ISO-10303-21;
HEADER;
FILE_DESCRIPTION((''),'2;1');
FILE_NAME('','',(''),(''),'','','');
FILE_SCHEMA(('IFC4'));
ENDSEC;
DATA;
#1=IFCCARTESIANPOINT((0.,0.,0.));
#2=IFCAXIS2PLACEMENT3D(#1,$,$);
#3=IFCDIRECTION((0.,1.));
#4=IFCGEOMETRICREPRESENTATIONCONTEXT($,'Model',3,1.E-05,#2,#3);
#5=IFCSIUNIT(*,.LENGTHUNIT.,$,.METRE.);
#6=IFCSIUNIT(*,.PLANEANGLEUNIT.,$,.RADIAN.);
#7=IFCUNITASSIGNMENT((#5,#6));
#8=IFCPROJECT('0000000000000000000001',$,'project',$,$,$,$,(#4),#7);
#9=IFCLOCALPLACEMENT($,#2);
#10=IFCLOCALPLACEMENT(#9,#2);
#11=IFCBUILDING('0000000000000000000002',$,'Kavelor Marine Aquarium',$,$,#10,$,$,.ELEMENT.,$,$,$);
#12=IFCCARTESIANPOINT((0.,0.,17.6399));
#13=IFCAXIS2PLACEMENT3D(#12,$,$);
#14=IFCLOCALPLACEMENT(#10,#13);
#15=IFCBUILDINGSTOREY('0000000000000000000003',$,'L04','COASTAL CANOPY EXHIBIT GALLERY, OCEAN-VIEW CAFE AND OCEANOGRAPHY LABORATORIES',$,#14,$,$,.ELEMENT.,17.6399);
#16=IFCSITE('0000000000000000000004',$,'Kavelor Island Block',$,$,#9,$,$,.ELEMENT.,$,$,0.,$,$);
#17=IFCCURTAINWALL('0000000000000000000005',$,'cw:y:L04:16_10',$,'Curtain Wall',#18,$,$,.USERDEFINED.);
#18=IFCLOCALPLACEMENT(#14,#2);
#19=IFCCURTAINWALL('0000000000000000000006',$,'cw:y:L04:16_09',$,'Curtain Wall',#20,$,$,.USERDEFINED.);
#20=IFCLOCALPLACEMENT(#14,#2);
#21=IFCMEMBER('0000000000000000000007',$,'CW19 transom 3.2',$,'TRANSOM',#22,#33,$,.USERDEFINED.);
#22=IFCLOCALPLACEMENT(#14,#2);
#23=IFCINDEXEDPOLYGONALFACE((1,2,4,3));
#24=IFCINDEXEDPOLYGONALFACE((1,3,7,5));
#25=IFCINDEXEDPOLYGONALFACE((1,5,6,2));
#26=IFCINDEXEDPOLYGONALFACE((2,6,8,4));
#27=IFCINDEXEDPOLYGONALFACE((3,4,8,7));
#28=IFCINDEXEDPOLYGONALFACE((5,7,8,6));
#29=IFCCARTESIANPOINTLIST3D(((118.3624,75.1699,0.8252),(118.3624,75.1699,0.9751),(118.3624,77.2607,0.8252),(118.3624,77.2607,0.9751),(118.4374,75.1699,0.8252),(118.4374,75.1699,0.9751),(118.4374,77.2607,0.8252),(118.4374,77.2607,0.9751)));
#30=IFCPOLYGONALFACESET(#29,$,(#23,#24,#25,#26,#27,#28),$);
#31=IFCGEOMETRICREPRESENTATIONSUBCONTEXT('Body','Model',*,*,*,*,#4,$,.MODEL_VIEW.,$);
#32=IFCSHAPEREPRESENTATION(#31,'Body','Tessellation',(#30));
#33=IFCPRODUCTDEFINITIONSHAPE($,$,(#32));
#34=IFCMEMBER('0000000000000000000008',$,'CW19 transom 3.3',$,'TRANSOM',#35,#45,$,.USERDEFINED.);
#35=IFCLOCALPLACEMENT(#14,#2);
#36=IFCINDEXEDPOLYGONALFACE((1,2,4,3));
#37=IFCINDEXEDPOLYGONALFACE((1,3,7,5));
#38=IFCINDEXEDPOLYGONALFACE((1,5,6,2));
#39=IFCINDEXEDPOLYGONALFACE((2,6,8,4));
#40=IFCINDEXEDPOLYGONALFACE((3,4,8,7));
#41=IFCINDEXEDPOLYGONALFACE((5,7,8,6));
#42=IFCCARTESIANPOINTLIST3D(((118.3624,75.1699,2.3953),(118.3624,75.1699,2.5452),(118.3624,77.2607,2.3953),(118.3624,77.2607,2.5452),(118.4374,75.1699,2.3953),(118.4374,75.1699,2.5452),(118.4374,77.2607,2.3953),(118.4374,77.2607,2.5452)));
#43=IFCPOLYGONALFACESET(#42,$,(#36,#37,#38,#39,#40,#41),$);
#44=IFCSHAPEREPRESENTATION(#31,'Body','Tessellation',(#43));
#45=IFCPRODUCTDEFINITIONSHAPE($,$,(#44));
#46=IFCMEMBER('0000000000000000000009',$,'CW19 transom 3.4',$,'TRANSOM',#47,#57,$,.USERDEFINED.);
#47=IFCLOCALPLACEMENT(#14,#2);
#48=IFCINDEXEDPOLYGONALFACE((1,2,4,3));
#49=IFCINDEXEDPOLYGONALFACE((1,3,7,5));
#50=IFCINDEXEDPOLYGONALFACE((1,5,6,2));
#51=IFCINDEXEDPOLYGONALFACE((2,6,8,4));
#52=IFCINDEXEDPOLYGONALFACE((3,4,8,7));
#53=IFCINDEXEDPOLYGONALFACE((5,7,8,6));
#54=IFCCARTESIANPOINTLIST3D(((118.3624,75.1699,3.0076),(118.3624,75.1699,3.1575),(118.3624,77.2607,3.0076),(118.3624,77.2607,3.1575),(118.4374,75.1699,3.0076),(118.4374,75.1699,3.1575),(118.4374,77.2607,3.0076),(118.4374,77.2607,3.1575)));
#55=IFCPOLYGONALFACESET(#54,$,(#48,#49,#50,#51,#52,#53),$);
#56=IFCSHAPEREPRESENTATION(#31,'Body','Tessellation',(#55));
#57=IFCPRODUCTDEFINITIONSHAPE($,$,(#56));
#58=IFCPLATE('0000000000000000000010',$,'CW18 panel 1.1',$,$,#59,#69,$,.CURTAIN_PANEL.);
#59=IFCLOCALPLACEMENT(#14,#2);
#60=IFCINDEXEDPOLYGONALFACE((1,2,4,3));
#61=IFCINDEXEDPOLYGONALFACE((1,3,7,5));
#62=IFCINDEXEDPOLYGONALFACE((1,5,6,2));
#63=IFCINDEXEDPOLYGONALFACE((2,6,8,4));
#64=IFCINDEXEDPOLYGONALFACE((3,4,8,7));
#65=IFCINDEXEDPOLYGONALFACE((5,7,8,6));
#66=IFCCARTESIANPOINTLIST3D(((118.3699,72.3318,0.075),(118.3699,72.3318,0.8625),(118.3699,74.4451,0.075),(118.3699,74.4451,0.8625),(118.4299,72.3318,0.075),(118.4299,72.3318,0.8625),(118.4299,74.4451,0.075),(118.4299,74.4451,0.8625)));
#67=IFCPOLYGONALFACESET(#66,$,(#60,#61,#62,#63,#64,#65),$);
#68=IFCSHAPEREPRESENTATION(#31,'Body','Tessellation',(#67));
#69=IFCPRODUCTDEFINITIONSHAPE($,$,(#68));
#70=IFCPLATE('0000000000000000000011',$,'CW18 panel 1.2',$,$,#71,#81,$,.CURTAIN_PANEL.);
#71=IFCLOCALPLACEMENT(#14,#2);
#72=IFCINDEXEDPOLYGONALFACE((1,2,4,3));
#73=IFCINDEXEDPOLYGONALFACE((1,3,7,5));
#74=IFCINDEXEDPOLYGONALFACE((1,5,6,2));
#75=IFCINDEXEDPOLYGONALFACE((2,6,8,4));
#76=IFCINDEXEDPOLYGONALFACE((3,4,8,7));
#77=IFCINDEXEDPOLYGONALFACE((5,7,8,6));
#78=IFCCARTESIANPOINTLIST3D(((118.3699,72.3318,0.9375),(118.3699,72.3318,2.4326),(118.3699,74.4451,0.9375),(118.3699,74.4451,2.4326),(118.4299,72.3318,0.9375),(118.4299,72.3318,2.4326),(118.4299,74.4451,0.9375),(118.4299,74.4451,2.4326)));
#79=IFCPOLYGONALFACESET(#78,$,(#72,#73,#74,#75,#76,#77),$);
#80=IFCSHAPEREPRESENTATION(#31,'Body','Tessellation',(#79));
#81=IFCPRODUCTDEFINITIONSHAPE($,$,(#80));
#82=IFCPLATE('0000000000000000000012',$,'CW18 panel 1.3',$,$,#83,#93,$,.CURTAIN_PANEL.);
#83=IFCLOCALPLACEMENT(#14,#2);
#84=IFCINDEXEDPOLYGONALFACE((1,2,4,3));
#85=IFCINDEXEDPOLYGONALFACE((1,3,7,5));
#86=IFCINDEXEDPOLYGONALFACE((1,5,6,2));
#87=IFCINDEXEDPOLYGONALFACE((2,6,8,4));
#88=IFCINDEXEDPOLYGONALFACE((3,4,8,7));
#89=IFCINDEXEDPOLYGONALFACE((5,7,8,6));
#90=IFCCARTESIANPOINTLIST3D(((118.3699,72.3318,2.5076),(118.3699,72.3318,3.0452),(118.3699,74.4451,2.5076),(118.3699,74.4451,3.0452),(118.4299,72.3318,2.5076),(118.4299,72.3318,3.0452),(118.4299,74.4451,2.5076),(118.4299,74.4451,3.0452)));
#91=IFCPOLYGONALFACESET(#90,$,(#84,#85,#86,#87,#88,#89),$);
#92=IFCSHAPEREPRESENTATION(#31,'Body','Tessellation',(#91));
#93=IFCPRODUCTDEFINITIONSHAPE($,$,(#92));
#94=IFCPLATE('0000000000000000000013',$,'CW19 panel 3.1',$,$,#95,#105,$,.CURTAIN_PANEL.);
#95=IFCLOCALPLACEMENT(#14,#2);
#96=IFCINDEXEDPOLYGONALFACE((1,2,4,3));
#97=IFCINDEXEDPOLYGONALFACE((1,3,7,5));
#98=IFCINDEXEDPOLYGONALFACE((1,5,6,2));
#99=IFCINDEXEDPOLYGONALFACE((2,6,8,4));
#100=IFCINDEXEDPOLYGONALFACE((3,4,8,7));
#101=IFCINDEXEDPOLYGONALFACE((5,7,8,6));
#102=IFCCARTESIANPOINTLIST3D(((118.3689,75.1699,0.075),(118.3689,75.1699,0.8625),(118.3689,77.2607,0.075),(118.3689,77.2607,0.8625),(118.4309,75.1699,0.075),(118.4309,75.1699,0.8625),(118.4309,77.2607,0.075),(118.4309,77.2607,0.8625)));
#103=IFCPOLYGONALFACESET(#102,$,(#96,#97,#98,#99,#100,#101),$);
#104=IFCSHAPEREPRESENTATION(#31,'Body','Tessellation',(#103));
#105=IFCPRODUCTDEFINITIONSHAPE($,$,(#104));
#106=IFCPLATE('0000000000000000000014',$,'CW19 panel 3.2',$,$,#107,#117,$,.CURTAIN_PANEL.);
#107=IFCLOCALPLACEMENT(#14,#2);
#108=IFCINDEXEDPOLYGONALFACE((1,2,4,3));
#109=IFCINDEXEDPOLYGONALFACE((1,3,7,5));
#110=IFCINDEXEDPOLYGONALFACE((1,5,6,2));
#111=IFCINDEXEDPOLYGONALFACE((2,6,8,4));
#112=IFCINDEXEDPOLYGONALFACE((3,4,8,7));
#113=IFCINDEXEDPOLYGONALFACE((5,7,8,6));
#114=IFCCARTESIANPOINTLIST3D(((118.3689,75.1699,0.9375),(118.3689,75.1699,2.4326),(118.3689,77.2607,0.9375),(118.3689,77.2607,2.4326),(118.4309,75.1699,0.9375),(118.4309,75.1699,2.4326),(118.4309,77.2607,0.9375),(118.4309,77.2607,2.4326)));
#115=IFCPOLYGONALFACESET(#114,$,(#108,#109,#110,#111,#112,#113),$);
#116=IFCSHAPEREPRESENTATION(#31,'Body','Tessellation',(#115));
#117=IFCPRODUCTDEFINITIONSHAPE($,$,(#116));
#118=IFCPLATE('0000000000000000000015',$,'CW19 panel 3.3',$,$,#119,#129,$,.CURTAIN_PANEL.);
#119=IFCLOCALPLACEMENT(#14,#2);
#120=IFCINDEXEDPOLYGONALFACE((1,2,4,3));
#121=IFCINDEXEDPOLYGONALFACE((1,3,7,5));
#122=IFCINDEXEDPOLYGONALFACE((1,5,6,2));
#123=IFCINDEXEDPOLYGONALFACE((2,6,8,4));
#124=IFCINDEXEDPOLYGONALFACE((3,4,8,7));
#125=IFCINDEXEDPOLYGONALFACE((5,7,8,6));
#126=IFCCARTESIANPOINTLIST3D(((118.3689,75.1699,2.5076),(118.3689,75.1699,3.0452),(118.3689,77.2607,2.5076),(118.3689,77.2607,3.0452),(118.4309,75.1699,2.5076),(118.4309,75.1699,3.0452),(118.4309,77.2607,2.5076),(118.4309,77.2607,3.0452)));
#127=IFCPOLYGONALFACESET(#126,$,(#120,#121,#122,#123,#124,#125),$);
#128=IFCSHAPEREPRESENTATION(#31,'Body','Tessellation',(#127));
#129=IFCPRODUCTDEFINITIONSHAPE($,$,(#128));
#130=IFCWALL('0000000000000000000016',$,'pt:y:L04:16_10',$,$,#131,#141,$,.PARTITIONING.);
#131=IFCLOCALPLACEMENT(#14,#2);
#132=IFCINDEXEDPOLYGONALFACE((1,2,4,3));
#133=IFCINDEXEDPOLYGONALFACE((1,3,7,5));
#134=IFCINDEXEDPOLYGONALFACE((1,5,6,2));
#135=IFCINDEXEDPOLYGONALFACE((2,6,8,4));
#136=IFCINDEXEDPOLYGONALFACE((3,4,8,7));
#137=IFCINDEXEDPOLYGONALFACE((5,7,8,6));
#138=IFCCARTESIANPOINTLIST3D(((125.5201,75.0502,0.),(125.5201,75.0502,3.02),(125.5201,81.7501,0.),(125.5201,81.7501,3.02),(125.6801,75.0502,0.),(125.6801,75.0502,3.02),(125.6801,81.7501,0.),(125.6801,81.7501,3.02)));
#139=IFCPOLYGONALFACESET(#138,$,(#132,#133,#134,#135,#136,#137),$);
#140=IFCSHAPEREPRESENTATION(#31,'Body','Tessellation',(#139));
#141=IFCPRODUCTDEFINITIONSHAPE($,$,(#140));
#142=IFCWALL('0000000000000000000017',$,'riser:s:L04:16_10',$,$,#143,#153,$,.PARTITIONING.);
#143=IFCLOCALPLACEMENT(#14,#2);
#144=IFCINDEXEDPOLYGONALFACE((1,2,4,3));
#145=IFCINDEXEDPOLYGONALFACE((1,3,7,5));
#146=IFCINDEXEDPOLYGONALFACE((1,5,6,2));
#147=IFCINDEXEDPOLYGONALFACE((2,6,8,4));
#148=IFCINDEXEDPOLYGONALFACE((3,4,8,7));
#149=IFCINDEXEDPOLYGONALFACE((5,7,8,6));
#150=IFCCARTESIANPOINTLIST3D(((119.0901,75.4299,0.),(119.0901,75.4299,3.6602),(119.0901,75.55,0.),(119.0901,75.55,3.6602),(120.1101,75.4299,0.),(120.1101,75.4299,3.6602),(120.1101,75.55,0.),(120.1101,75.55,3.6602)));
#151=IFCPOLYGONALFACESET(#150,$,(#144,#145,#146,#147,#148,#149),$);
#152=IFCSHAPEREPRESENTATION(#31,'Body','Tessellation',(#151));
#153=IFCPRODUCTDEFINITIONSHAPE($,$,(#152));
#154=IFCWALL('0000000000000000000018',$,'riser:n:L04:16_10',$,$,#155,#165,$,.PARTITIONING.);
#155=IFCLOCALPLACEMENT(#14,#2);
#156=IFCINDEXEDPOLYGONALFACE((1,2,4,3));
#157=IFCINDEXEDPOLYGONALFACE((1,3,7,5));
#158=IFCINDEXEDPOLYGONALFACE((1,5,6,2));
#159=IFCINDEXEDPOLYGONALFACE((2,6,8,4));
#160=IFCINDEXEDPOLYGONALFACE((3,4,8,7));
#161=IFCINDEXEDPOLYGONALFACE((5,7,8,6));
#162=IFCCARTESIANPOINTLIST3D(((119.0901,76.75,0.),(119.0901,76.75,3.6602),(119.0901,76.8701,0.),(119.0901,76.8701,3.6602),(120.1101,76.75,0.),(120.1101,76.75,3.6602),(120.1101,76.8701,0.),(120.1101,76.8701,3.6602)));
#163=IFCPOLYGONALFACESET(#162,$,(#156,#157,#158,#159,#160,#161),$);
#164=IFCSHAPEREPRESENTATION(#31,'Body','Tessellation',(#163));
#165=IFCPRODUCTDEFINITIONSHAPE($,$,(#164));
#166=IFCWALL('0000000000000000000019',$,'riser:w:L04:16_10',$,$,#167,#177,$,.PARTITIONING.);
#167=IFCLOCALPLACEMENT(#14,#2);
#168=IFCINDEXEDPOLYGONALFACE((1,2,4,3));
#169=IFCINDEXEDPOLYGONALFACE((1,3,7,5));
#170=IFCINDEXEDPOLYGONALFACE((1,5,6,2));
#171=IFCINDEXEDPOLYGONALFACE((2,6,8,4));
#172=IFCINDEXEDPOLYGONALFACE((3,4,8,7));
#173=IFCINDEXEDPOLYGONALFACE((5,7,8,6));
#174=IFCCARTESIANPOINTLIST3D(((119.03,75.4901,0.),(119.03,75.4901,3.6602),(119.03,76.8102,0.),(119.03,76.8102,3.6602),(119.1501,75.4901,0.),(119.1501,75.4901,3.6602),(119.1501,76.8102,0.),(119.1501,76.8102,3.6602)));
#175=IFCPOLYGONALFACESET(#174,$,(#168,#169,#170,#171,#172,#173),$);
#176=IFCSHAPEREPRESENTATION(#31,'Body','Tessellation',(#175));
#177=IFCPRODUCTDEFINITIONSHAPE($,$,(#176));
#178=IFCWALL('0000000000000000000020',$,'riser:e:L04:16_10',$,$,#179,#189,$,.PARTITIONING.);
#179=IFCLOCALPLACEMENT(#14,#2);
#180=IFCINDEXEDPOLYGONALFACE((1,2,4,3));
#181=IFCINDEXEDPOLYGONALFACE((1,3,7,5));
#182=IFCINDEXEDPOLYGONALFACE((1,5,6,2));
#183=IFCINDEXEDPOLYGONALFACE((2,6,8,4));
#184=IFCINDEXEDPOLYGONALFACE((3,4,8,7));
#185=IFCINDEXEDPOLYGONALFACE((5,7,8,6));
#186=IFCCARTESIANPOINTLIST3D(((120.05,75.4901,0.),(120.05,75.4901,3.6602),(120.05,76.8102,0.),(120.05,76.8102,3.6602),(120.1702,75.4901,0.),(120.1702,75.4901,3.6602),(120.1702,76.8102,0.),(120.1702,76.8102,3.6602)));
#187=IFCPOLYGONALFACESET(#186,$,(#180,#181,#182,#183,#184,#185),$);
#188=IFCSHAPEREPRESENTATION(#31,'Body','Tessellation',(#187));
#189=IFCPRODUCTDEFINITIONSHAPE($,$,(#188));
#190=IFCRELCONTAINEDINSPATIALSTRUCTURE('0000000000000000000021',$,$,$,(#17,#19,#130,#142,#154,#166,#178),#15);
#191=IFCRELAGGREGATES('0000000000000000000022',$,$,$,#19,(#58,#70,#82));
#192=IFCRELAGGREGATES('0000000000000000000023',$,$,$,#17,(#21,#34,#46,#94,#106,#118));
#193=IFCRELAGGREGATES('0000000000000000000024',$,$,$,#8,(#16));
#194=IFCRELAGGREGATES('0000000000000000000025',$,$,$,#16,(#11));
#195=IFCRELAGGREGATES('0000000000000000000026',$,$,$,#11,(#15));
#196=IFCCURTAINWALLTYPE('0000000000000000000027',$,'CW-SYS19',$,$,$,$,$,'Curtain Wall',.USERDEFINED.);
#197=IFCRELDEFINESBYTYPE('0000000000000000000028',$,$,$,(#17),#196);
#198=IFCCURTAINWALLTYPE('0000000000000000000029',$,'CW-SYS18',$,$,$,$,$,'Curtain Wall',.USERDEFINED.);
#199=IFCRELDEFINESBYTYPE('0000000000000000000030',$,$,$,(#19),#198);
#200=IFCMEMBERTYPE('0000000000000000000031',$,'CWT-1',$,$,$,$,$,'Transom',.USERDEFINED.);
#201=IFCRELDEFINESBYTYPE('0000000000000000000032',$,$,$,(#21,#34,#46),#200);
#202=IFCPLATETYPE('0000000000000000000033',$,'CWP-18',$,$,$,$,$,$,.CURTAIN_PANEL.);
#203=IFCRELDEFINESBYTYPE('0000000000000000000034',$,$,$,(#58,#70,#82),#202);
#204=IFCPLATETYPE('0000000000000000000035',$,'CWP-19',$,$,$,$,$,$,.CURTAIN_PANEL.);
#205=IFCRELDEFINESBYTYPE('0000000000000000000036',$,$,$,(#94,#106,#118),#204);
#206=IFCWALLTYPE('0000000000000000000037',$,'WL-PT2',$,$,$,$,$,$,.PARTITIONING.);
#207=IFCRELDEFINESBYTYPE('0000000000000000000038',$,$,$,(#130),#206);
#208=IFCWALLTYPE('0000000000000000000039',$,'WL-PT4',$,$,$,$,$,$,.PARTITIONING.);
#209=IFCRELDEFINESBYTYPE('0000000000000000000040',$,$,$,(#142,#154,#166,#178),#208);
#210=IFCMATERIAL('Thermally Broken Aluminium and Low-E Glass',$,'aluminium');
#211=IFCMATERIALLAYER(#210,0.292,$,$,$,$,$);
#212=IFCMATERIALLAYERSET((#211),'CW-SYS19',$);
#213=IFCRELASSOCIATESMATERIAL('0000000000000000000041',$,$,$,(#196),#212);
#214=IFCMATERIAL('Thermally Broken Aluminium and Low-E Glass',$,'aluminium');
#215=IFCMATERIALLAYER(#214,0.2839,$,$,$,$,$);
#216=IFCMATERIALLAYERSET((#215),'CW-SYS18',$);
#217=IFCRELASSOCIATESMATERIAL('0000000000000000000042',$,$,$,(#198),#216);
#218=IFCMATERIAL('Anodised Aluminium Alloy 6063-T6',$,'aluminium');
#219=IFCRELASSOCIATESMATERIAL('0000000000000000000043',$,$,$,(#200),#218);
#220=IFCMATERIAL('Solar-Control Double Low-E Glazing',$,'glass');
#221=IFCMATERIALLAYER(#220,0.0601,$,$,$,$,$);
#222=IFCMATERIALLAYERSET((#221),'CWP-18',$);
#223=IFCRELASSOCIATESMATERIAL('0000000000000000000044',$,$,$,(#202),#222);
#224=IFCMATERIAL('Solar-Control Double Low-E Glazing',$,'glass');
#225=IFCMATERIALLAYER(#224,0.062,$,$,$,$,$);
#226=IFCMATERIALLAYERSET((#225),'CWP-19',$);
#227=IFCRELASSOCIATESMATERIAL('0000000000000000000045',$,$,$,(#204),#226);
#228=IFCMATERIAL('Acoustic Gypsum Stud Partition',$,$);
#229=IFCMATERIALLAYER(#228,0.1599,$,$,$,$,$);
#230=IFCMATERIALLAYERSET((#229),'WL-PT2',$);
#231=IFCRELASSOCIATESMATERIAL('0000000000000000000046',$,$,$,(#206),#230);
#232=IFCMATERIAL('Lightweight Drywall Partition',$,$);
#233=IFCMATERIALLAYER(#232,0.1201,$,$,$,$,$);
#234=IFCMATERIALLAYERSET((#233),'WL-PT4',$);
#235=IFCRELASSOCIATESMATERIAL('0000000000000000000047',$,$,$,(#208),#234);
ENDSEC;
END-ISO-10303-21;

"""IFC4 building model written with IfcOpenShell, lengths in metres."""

from ifc_helpers import new_model, si_unit, direction, frame, frame_2d, origin, origin_2d, place, context, subcontext, project, spatial, rectangle, extrude, material, layer, layer_set, material_profile, profile_set, type_object, element, aggregate, save


model = new_model("IFC4")

# Units and contexts
model_context = context("Model", 3, precision=1e-05, world=origin(), true_north=direction((0.0, 1.0)))
body_context = subcontext(model_context, "Body", "Model", "MODEL_VIEW")
ifc_project = project(units=[si_unit("LENGTHUNIT", "METRE"), si_unit("PLANEANGLEUNIT", "RADIAN")], contexts=[model_context])

# Site, building, storey
site_placement = place(None, origin())
site = spatial("IfcSite", under=ifc_project, at=site_placement, Name="Kavelor Island Block", CompositionType="ELEMENT", RefElevation=0.0)
building_placement = place(site_placement, origin())
building = spatial("IfcBuilding", under=site, at=building_placement, Name="Kavelor Marine Aquarium", CompositionType="ELEMENT")
storey_placement = place(building_placement, frame((0.0, 0.0, 17.6399)))
storey = spatial("IfcBuildingStorey", under=building, at=storey_placement, Name="L04", Description="COASTAL CANOPY EXHIBIT GALLERY, OCEAN-VIEW CAFE AND OCEANOGRAPHY LABORATORIES", CompositionType="ELEMENT", Elevation=17.6399)

# Curtain wall
ifc_material_1 = material(Name="Thermally Broken Aluminium and Low-E Glass", Category="aluminium")
ifc_layer_1 = layer(ifc_material_1, 0.292)
ifc_layer_set_1 = layer_set([ifc_layer_1], Name="CW-SYS19")
curtain_wall_type_1 = type_object("IfcCurtainWallType", Name="CW-SYS19", ElementType="Curtain Wall", PredefinedType="USERDEFINED", material=ifc_layer_set_1)
curtain_wall_1_placement = place(storey_placement, origin())
curtain_wall_1 = element("IfcCurtainWall", 1, at=curtain_wall_1_placement, inside=storey, type_object=curtain_wall_type_1, Name="cw:y:L04:16_10", ObjectType="Curtain Wall", PredefinedType="USERDEFINED")

# Curtain wall
ifc_material_2 = material(Name="Thermally Broken Aluminium and Low-E Glass", Category="aluminium")
ifc_layer_2 = layer(ifc_material_2, 0.2839)
ifc_layer_set_2 = layer_set([ifc_layer_2], Name="CW-SYS18")
curtain_wall_type_2 = type_object("IfcCurtainWallType", Name="CW-SYS18", ElementType="Curtain Wall", PredefinedType="USERDEFINED", material=ifc_layer_set_2)
curtain_wall_2_placement = place(storey_placement, origin())
curtain_wall_2 = element("IfcCurtainWall", 2, at=curtain_wall_2_placement, inside=storey, type_object=curtain_wall_type_2, Name="cw:y:L04:16_09", ObjectType="Curtain Wall", PredefinedType="USERDEFINED")
ifc_material_3 = material(Name="Anodised Aluminium Alloy 6063-T6", Category="aluminium")
ifc_material_profile_1 = material_profile(ifc_material_3, rectangle(XDim=0.075, YDim=0.1499, at=origin_2d()), Name="CW-TRN 75x150")
ifc_profile_set_1 = profile_set([ifc_material_profile_1], Name="Anodised Aluminium Alloy 6063-T6")
member_type_1 = type_object("IfcMemberType", Name="CWT-1", ElementType="Transom", PredefinedType="USERDEFINED", material=ifc_profile_set_1)

# Members
member_1_placement = place(storey_placement, frame((118.3999, 77.2607, 0.9001), z_axis=(0.0, -1.0, 0.0), x_axis=(1.0, 0.0, 0.0)))
member_1 = element("IfcMember", 3, at=member_1_placement, type_object=member_type_1, Name="CW19 transom 3.2", ObjectType="TRANSOM", PredefinedType="USERDEFINED", context=body_context, shape_type="SweptSolid", body=[
    extrude(rectangle(XDim=0.075, YDim=0.1499, at=origin_2d()), origin(), (0.0, 0.0, 1.0), 2.0908),
])
member_2_placement = place(storey_placement, frame((118.3999, 77.2607, 2.4702), z_axis=(0.0, -1.0, 0.0), x_axis=(1.0, 0.0, 0.0)))
member_2 = element("IfcMember", 4, at=member_2_placement, type_object=member_type_1, Name="CW19 transom 3.3", ObjectType="TRANSOM", PredefinedType="USERDEFINED", context=body_context, shape_type="SweptSolid", body=[
    extrude(rectangle(XDim=0.075, YDim=0.1499, at=origin_2d()), origin(), (0.0, 0.0, 1.0), 2.0908),
])
member_3_placement = place(storey_placement, frame((118.3999, 77.2607, 3.0825), z_axis=(0.0, -1.0, 0.0), x_axis=(1.0, 0.0, 0.0)))
member_3 = element("IfcMember", 5, at=member_3_placement, type_object=member_type_1, Name="CW19 transom 3.4", ObjectType="TRANSOM", PredefinedType="USERDEFINED", context=body_context, shape_type="SweptSolid", body=[
    extrude(rectangle(XDim=0.075, YDim=0.1499, at=origin_2d()), origin(), (0.0, 0.0, 1.0), 2.0908),
])

# Plates
ifc_material_4 = material(Name="Solar-Control Double Low-E Glazing", Category="glass")
ifc_layer_3 = layer(ifc_material_4, 0.0601)
ifc_layer_set_3 = layer_set([ifc_layer_3], Name="CWP-18")
plate_type_1 = type_object("IfcPlateType", Name="CWP-18", PredefinedType="CURTAIN_PANEL", material=ifc_layer_set_3)
plate_1_placement = place(storey_placement, frame((118.3999, 73.3884, 0.075), z_axis=(0.0, 0.0, 1.0), x_axis=(0.0, -1.0, 0.0)))
plate_1 = element("IfcPlate", 6, at=plate_1_placement, type_object=plate_type_1, Name="CW18 panel 1.1", PredefinedType="CURTAIN_PANEL", context=body_context, shape_type="SweptSolid", body=[
    extrude(rectangle(XDim=2.1133, YDim=0.0601, at=origin_2d()), origin(), (0.0, 0.0, 1.0), 0.7876),
])
plate_2_placement = place(storey_placement, frame((118.3999, 73.3884, 0.9375), z_axis=(0.0, 0.0, 1.0), x_axis=(0.0, -1.0, 0.0)))
plate_2 = element("IfcPlate", 7, at=plate_2_placement, type_object=plate_type_1, Name="CW18 panel 1.2", PredefinedType="CURTAIN_PANEL", context=body_context, shape_type="SweptSolid", body=[
    extrude(rectangle(XDim=2.1133, YDim=0.0601, at=origin_2d()), origin(), (0.0, 0.0, 1.0), 1.4951),
])
plate_3_placement = place(storey_placement, frame((118.3999, 73.3884, 2.5076), z_axis=(0.0, 0.0, 1.0), x_axis=(0.0, -1.0, 0.0)))
plate_3 = element("IfcPlate", 8, at=plate_3_placement, type_object=plate_type_1, Name="CW18 panel 1.3", PredefinedType="CURTAIN_PANEL", context=body_context, shape_type="SweptSolid", body=[
    extrude(rectangle(XDim=2.1133, YDim=0.0601, at=origin_2d()), origin(), (0.0, 0.0, 1.0), 0.5376),
])
aggregate(curtain_wall_2, [plate_1, plate_2, plate_3])
ifc_material_5 = material(Name="Solar-Control Double Low-E Glazing", Category="glass")
ifc_layer_4 = layer(ifc_material_5, 0.062)
ifc_layer_set_4 = layer_set([ifc_layer_4], Name="CWP-19")
plate_type_2 = type_object("IfcPlateType", Name="CWP-19", PredefinedType="CURTAIN_PANEL", material=ifc_layer_set_4)
plate_4_placement = place(storey_placement, frame((118.3999, 76.2153, 0.075), z_axis=(0.0, 0.0, 1.0), x_axis=(0.0, -1.0, 0.0)))
plate_4 = element("IfcPlate", 9, at=plate_4_placement, type_object=plate_type_2, Name="CW19 panel 3.1", PredefinedType="CURTAIN_PANEL", context=body_context, shape_type="SweptSolid", body=[
    extrude(rectangle(XDim=2.0908, YDim=0.062, at=origin_2d()), origin(), (0.0, 0.0, 1.0), 0.7876),
])
plate_5_placement = place(storey_placement, frame((118.3999, 76.2153, 0.9375), z_axis=(0.0, 0.0, 1.0), x_axis=(0.0, -1.0, 0.0)))
plate_5 = element("IfcPlate", 10, at=plate_5_placement, type_object=plate_type_2, Name="CW19 panel 3.2", PredefinedType="CURTAIN_PANEL", context=body_context, shape_type="SweptSolid", body=[
    extrude(rectangle(XDim=2.0908, YDim=0.062, at=origin_2d()), origin(), (0.0, 0.0, 1.0), 1.4951),
])
plate_6_placement = place(storey_placement, frame((118.3999, 76.2153, 2.5076), z_axis=(0.0, 0.0, 1.0), x_axis=(0.0, -1.0, 0.0)))
plate_6 = element("IfcPlate", 11, at=plate_6_placement, type_object=plate_type_2, Name="CW19 panel 3.3", PredefinedType="CURTAIN_PANEL", context=body_context, shape_type="SweptSolid", body=[
    extrude(rectangle(XDim=2.0908, YDim=0.062, at=origin_2d()), origin(), (0.0, 0.0, 1.0), 0.5376),
])
aggregate(curtain_wall_1, [member_1, member_2, member_3, plate_4, plate_5, plate_6])

# Walls
ifc_material_6 = material(Name="Acoustic Gypsum Stud Partition")
ifc_layer_5 = layer(ifc_material_6, 0.1599)
ifc_layer_set_5 = layer_set([ifc_layer_5], Name="WL-PT2")
wall_type_1 = type_object("IfcWallType", Name="WL-PT2", PredefinedType="PARTITIONING", material=ifc_layer_set_5)
wall_placement = place(storey_placement, frame((125.6001, 75.05, 0.0), z_axis=(0.0, 0.0, 1.0), x_axis=(0.0, 1.0, 0.0)))
element("IfcWall", 12, at=wall_placement, inside=storey, type_object=wall_type_1, Name="pt:y:L04:16_10", PredefinedType="PARTITIONING", context=body_context, shape_type="SweptSolid", body=[
    extrude(rectangle(XDim=6.7, YDim=0.1599, at=frame_2d((3.3501, 0.0))), origin(), (0.0, 0.0, 1.0), 3.02),
])
ifc_material_7 = material(Name="Lightweight Drywall Partition")
ifc_layer_6 = layer(ifc_material_7, 0.1201)
ifc_layer_set_6 = layer_set([ifc_layer_6], Name="WL-PT4")
wall_type_2 = type_object("IfcWallType", Name="WL-PT4", PredefinedType="PARTITIONING", material=ifc_layer_set_6)
for number, where, z_axis, x_axis, name in (
    (13, (119.0901, 75.49, 0.0), (0.0, 0.0, 1.0), (1.0, 0.0, 0.0), "riser:s:L04:16_10"),
    (14, (119.0901, 76.8101, 0.0), (0.0, 0.0, 1.0), (1.0, 0.0, 0.0), "riser:n:L04:16_10"),
):
    element("IfcWall", number, at=place(storey_placement, frame(where, z_axis=z_axis, x_axis=x_axis)), inside=storey, type_object=wall_type_2, Name=name, PredefinedType="PARTITIONING", context=body_context, shape_type="SweptSolid", body=[
        extrude(rectangle(XDim=1.02, YDim=0.1201, at=frame_2d((0.51, 0.0))), origin(), (0.0, 0.0, 1.0), 3.6602),
    ])
for number, where, z_axis, x_axis, name in (
    (15, (119.0901, 75.49, 0.0), (0.0, 0.0, 1.0), (0.0, 1.0, 0.0), "riser:w:L04:16_10"),
    (16, (120.1101, 75.49, 0.0), (0.0, 0.0, 1.0), (0.0, 1.0, 0.0), "riser:e:L04:16_10"),
):
    element("IfcWall", number, at=place(storey_placement, frame(where, z_axis=z_axis, x_axis=x_axis)), inside=storey, type_object=wall_type_2, Name=name, PredefinedType="PARTITIONING", context=body_context, shape_type="SweptSolid", body=[
        extrude(rectangle(XDim=1.3201, YDim=0.1201, at=frame_2d((0.6602, 0.0))), origin(), (0.0, 0.0, 1.0), 3.6602),
    ])

save(model, "model.ifc")
